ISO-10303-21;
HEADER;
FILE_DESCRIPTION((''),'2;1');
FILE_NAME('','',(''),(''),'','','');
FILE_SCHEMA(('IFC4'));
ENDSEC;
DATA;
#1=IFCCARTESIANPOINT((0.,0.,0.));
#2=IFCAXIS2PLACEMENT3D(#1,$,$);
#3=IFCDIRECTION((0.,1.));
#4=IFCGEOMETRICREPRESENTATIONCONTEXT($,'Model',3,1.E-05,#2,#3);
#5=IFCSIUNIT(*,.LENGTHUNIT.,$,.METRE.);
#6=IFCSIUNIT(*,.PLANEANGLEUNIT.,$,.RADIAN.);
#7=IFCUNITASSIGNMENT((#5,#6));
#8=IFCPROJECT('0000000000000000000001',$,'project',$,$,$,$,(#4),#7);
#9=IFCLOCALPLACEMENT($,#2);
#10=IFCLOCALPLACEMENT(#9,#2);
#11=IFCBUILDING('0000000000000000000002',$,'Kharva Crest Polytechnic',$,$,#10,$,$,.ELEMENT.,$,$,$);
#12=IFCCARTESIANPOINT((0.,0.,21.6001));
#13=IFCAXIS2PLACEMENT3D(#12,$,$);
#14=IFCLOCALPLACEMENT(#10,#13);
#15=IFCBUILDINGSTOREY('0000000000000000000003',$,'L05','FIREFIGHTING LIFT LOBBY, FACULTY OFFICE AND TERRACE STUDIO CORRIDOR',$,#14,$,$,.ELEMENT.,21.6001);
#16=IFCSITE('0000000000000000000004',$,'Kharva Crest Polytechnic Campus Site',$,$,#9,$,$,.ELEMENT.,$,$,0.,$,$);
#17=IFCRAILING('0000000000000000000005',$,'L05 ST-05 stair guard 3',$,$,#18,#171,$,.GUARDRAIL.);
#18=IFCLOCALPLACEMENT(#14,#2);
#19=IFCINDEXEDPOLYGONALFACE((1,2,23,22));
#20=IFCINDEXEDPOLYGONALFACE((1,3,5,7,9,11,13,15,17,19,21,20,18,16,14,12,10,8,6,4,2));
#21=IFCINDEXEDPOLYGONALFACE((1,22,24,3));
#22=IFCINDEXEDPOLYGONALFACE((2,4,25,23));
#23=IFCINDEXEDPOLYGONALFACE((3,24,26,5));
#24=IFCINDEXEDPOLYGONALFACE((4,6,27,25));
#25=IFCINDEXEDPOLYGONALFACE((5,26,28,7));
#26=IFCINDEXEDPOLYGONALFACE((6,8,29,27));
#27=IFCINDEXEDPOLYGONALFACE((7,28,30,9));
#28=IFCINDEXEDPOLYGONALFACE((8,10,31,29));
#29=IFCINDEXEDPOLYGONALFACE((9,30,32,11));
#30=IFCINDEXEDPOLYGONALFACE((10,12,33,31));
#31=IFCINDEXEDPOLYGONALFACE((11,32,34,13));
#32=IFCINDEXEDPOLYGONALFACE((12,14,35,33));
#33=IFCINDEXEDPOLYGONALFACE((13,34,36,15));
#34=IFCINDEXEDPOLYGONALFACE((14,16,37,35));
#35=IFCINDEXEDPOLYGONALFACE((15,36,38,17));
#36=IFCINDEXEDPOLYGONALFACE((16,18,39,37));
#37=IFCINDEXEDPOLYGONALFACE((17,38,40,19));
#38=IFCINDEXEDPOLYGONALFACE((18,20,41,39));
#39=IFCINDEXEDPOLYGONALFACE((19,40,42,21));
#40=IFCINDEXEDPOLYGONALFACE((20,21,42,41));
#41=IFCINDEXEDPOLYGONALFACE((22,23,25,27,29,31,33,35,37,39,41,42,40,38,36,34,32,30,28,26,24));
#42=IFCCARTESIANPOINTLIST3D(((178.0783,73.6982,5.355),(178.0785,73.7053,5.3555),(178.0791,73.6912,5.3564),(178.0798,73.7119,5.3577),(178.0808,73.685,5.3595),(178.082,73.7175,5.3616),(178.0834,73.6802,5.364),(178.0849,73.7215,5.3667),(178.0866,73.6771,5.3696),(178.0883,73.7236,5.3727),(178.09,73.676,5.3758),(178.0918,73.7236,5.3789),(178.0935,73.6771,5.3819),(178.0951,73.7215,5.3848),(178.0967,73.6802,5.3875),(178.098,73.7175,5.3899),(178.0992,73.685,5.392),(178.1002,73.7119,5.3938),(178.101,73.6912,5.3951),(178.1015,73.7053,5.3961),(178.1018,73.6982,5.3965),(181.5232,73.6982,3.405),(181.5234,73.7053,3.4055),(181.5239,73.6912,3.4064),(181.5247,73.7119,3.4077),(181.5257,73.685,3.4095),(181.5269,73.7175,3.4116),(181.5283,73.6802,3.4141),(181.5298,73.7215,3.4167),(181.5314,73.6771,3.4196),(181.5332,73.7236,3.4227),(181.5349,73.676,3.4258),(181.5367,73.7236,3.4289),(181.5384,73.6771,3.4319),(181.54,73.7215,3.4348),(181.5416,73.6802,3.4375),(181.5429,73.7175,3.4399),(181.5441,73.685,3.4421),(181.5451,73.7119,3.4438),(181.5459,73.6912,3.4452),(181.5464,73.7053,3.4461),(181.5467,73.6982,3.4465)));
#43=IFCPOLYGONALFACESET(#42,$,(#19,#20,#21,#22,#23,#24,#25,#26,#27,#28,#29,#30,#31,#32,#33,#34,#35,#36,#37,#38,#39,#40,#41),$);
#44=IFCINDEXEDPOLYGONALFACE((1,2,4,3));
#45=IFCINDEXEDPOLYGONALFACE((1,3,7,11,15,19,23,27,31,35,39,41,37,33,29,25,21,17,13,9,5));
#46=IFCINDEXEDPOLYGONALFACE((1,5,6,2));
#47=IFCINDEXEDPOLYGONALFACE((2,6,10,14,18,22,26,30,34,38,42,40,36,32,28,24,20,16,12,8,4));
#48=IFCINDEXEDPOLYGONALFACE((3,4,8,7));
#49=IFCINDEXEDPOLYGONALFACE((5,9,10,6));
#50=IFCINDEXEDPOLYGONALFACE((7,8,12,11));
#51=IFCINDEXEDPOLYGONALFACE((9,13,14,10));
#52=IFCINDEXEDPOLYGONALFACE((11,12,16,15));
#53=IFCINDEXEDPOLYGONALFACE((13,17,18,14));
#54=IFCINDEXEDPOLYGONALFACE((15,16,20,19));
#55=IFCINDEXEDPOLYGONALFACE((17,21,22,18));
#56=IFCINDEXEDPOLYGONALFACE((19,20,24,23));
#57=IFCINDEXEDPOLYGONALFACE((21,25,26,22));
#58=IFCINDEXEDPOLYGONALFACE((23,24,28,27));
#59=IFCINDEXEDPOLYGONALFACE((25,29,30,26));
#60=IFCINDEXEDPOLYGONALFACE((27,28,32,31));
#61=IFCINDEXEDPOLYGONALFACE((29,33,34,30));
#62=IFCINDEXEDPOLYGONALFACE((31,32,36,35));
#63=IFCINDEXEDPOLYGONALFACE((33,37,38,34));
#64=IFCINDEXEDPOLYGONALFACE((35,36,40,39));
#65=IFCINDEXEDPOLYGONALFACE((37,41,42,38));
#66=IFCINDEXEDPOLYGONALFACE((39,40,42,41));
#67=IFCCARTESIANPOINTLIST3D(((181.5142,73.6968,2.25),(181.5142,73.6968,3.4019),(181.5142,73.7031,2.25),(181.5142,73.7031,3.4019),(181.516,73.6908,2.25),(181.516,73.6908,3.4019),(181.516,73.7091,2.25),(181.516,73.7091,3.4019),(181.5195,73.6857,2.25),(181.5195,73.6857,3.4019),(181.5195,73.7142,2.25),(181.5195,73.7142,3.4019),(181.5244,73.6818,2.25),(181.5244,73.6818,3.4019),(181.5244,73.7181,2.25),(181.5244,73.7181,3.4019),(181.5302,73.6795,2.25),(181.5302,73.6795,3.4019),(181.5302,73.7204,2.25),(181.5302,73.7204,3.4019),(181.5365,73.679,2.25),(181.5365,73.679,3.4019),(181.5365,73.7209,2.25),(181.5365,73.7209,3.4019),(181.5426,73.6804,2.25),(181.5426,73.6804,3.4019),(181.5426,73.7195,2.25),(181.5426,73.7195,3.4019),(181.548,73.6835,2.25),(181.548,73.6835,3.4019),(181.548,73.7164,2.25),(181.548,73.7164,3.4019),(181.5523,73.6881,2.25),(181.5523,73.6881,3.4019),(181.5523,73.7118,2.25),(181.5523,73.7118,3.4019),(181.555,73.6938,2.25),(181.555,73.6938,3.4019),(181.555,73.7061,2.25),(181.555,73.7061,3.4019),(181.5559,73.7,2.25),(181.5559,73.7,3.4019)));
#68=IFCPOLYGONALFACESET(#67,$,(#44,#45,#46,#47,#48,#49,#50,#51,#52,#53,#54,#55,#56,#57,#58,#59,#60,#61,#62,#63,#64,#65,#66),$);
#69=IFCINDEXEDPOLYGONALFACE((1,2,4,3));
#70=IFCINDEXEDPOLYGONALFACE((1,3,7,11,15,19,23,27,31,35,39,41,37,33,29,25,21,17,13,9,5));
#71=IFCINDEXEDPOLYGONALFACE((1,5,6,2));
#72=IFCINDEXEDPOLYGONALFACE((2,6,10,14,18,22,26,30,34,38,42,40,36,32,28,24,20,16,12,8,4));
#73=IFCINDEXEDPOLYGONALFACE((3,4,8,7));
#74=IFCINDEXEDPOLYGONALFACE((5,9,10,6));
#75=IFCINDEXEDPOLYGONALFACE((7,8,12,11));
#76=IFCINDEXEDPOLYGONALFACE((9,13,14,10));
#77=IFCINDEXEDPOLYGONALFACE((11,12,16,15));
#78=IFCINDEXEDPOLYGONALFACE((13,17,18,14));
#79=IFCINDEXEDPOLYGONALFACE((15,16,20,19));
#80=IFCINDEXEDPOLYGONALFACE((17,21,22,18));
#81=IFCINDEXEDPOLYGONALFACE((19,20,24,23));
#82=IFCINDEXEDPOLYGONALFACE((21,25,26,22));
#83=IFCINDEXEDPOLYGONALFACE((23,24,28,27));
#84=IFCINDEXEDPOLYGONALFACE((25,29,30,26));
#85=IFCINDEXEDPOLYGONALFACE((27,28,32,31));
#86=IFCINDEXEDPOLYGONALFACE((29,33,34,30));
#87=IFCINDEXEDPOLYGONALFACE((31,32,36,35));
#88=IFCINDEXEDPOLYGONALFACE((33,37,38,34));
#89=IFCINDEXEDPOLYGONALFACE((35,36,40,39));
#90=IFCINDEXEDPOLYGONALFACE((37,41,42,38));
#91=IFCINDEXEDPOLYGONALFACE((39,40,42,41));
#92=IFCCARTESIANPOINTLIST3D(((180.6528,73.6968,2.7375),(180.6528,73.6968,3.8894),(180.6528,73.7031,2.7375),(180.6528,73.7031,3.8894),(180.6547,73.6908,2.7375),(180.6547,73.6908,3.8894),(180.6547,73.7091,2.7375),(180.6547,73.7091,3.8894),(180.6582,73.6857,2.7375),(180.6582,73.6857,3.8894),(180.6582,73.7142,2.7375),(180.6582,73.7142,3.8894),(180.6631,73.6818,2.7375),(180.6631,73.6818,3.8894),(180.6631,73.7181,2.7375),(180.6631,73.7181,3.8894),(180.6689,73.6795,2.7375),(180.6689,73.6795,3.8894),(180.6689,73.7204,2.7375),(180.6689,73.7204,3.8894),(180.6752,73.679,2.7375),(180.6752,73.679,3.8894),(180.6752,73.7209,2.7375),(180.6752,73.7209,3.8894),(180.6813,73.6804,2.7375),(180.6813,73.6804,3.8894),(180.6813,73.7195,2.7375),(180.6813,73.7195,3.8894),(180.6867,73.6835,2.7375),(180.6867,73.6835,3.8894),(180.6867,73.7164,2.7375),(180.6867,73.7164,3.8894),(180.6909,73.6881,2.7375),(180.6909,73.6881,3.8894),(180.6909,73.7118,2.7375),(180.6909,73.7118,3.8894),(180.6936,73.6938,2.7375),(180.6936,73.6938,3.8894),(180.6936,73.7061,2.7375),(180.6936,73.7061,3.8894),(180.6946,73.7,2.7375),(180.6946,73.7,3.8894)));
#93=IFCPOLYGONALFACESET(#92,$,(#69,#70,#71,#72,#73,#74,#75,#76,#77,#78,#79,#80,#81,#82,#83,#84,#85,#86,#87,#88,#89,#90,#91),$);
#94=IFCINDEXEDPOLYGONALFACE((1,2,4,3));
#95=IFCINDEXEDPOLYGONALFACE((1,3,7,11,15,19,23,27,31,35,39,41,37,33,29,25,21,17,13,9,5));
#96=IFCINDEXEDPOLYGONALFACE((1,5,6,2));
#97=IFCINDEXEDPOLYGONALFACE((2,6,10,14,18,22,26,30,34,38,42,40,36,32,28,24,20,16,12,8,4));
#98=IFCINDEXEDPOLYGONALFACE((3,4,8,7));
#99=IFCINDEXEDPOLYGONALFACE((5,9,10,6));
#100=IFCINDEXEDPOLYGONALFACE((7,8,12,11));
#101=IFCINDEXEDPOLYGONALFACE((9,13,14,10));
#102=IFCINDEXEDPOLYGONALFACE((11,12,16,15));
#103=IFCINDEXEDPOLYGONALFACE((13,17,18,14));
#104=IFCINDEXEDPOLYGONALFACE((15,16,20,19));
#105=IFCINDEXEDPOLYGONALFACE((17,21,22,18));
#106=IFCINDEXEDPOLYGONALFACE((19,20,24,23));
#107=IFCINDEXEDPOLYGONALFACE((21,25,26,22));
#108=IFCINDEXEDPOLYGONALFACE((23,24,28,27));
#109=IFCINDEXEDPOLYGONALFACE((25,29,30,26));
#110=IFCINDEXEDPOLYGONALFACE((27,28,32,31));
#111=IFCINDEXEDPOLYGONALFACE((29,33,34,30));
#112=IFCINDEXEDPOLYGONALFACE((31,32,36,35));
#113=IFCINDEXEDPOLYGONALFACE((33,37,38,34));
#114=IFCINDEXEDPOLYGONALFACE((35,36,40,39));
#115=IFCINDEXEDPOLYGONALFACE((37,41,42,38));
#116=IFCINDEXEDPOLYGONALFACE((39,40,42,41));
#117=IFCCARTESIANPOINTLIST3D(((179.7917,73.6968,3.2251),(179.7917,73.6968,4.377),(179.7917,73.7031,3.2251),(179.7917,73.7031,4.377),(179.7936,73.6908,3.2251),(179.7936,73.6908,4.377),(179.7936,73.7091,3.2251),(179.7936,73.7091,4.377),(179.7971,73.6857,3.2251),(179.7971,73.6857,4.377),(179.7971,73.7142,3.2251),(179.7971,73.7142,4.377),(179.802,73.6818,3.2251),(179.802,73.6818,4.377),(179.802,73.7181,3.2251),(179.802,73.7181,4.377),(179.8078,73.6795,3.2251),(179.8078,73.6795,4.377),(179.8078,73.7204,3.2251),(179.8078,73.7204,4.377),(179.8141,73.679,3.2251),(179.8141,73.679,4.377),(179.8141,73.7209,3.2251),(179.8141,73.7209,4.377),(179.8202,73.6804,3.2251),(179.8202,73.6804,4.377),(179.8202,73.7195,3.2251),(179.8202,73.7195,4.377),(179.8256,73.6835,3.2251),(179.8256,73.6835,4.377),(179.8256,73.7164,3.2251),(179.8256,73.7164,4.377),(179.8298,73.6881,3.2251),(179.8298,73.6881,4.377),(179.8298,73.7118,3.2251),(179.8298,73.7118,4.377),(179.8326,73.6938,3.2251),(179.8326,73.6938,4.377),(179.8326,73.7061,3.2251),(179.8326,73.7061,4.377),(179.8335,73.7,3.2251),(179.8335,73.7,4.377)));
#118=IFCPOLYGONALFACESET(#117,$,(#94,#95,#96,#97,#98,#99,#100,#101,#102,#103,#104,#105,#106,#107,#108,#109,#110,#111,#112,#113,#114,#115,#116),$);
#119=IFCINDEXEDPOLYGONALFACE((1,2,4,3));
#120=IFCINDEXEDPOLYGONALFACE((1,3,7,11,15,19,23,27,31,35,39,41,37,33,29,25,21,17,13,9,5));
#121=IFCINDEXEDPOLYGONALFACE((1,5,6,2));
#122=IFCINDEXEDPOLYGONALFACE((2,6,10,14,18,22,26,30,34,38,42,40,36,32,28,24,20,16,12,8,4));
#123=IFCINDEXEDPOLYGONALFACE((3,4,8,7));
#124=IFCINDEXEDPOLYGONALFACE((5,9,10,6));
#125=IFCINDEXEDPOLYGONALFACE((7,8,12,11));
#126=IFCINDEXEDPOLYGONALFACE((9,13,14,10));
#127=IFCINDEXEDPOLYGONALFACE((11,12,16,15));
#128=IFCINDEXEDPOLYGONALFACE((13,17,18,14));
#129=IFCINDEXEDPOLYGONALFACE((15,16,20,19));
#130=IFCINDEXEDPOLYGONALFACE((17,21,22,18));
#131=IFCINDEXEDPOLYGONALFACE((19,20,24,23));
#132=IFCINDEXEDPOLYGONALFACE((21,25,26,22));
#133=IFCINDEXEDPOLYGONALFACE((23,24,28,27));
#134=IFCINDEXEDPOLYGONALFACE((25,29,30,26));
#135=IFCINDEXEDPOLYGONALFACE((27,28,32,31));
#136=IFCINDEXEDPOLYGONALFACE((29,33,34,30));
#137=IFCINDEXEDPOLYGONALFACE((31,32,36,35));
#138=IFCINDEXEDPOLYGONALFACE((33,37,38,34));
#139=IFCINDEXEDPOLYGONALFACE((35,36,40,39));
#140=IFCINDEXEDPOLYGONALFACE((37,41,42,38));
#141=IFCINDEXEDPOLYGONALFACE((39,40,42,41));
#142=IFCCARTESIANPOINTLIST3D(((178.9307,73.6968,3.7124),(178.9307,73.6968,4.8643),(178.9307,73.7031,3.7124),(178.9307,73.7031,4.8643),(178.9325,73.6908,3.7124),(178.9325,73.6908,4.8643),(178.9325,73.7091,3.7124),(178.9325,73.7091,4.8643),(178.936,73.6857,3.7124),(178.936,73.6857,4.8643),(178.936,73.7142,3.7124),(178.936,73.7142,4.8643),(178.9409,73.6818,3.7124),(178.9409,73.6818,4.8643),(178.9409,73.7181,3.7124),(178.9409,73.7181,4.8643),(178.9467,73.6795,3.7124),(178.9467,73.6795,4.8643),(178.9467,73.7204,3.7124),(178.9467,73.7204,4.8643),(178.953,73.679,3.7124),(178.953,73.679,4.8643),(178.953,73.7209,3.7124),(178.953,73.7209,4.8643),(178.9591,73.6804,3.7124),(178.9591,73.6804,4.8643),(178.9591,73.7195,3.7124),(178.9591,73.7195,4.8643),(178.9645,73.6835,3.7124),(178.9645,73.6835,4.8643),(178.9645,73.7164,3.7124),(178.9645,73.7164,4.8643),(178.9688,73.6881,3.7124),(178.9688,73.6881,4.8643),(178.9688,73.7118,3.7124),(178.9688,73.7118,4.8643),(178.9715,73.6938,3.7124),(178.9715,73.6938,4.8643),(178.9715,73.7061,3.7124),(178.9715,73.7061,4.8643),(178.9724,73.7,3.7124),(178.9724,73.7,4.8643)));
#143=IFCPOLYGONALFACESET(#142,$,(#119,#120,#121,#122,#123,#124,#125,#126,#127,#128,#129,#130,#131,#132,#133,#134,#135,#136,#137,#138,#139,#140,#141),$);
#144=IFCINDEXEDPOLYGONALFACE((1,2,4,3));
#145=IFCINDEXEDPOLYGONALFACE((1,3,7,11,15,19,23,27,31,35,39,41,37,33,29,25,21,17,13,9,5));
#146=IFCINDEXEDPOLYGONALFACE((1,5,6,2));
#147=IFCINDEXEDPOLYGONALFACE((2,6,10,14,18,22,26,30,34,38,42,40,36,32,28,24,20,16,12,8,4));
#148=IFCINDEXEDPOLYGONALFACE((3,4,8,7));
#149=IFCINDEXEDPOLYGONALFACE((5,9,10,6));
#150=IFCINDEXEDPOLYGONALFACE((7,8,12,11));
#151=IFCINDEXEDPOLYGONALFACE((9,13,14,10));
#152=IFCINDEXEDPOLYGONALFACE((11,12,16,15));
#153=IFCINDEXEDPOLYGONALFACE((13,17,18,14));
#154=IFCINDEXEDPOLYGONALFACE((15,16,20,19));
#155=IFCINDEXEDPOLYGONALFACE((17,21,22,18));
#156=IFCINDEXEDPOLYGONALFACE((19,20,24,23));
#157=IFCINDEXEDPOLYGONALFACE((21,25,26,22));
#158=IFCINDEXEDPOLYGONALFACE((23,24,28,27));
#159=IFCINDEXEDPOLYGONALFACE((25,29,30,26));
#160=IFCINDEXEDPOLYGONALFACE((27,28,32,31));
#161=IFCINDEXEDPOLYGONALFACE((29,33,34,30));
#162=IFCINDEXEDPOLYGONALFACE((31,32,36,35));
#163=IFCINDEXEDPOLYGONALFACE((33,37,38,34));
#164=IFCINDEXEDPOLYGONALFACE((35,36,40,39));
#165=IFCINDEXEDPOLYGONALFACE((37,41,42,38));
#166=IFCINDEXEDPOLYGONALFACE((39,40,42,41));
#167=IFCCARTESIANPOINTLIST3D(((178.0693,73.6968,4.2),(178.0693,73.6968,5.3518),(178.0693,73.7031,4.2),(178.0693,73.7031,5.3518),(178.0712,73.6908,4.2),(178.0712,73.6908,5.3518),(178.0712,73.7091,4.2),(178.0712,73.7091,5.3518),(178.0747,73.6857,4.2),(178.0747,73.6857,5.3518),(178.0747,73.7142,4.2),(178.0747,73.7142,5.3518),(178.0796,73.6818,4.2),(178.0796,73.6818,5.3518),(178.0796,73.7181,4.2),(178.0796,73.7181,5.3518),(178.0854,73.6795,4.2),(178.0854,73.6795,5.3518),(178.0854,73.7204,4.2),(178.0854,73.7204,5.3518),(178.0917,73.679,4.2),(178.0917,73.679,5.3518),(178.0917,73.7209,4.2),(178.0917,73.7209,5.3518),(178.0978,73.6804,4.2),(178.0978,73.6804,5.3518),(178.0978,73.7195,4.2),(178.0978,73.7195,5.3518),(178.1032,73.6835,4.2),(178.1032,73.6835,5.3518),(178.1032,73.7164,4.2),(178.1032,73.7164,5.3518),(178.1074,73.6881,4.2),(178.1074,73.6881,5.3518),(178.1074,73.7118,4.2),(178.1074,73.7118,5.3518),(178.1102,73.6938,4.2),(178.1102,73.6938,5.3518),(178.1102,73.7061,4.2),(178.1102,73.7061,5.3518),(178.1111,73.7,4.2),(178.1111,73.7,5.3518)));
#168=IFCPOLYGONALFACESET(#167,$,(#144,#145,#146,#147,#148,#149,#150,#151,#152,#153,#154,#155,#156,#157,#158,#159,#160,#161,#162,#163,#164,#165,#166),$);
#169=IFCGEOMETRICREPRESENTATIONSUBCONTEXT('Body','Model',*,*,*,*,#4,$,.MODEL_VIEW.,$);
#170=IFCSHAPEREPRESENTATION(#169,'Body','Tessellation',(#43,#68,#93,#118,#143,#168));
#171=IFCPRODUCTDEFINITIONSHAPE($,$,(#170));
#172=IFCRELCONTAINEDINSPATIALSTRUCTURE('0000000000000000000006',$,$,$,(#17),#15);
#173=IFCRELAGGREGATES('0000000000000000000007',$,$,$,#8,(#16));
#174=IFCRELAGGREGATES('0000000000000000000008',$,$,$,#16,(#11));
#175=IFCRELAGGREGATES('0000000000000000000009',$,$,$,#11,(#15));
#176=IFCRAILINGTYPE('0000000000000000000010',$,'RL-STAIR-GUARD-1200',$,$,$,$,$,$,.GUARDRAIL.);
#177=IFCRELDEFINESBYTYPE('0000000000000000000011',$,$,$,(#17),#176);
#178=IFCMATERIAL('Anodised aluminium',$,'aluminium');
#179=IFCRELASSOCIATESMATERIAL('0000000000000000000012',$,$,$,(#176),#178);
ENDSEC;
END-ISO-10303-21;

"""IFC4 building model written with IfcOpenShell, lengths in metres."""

from ifc_helpers import new_model, si_unit, direction, frame, origin, origin_2d, place, context, subcontext, project, spatial, circle, extrude, material, type_object, element, save


model = new_model("IFC4")

# Units and contexts
model_context = context("Model", 3, precision=1e-05, world=origin(), true_north=direction((0.0, 1.0)))
body_context = subcontext(model_context, "Body", "Model", "MODEL_VIEW")
ifc_project = project(units=[si_unit("LENGTHUNIT", "METRE"), si_unit("PLANEANGLEUNIT", "RADIAN")], contexts=[model_context])

# Site, building, storey
site_placement = place(None, origin())
site = spatial("IfcSite", under=ifc_project, at=site_placement, Name="Kharva Crest Polytechnic Campus Site", CompositionType="ELEMENT", RefElevation=0.0)
building_placement = place(site_placement, origin())
building = spatial("IfcBuilding", under=site, at=building_placement, Name="Kharva Crest Polytechnic", CompositionType="ELEMENT")
storey_placement = place(building_placement, frame((0.0, 0.0, 21.6001)))
storey = spatial("IfcBuildingStorey", under=building, at=storey_placement, Name="L05", Description="FIREFIGHTING LIFT LOBBY, FACULTY OFFICE AND TERRACE STUDIO CORRIDOR", CompositionType="ELEMENT", Elevation=21.6001)

# Shared definitions
ifc_material_1 = material(Name="Anodised aluminium", Category="aluminium")

# Railing
railing_type_1 = type_object("IfcRailingType", Name="RL-STAIR-GUARD-1200", PredefinedType="GUARDRAIL", material=ifc_material_1)
railing_1_placement = place(storey_placement, frame((181.5349, 73.7, 2.25)))
element("IfcRailing", 1, at=railing_1_placement, inside=storey, type_object=railing_type_1, Name="L05 ST-05 stair guard 3", PredefinedType="GUARDRAIL", context=body_context, shape_type="SweptSolid", body=[
    extrude(circle(Radius=0.0239, at=origin_2d()), frame((0.0, 0.0, 1.1758), z_axis=(-0.870251, 0.0, 0.492608), x_axis=(0.0, -1.0, 0.0)), (0.0, 0.0, 1.0), 3.9585),
    extrude(circle(Radius=0.021, at=origin_2d()), origin(), (0.0, 0.0, 1.0), 1.1519),
    extrude(circle(Radius=0.021, at=origin_2d()), frame((-0.8613, 0.0, 0.4875)), (0.0, 0.0, 1.0), 1.1519),
    extrude(circle(Radius=0.021, at=origin_2d()), frame((-1.7224, 0.0, 0.9751)), (0.0, 0.0, 1.0), 1.1519),
    extrude(circle(Radius=0.021, at=origin_2d()), frame((-2.5835, 0.0, 1.4624)), (0.0, 0.0, 1.0), 1.1519),
    extrude(circle(Radius=0.021, at=origin_2d()), frame((-3.4448, 0.0, 1.95)), (0.0, 0.0, 1.0), 1.1519),
])

save(model, "model.ifc")
